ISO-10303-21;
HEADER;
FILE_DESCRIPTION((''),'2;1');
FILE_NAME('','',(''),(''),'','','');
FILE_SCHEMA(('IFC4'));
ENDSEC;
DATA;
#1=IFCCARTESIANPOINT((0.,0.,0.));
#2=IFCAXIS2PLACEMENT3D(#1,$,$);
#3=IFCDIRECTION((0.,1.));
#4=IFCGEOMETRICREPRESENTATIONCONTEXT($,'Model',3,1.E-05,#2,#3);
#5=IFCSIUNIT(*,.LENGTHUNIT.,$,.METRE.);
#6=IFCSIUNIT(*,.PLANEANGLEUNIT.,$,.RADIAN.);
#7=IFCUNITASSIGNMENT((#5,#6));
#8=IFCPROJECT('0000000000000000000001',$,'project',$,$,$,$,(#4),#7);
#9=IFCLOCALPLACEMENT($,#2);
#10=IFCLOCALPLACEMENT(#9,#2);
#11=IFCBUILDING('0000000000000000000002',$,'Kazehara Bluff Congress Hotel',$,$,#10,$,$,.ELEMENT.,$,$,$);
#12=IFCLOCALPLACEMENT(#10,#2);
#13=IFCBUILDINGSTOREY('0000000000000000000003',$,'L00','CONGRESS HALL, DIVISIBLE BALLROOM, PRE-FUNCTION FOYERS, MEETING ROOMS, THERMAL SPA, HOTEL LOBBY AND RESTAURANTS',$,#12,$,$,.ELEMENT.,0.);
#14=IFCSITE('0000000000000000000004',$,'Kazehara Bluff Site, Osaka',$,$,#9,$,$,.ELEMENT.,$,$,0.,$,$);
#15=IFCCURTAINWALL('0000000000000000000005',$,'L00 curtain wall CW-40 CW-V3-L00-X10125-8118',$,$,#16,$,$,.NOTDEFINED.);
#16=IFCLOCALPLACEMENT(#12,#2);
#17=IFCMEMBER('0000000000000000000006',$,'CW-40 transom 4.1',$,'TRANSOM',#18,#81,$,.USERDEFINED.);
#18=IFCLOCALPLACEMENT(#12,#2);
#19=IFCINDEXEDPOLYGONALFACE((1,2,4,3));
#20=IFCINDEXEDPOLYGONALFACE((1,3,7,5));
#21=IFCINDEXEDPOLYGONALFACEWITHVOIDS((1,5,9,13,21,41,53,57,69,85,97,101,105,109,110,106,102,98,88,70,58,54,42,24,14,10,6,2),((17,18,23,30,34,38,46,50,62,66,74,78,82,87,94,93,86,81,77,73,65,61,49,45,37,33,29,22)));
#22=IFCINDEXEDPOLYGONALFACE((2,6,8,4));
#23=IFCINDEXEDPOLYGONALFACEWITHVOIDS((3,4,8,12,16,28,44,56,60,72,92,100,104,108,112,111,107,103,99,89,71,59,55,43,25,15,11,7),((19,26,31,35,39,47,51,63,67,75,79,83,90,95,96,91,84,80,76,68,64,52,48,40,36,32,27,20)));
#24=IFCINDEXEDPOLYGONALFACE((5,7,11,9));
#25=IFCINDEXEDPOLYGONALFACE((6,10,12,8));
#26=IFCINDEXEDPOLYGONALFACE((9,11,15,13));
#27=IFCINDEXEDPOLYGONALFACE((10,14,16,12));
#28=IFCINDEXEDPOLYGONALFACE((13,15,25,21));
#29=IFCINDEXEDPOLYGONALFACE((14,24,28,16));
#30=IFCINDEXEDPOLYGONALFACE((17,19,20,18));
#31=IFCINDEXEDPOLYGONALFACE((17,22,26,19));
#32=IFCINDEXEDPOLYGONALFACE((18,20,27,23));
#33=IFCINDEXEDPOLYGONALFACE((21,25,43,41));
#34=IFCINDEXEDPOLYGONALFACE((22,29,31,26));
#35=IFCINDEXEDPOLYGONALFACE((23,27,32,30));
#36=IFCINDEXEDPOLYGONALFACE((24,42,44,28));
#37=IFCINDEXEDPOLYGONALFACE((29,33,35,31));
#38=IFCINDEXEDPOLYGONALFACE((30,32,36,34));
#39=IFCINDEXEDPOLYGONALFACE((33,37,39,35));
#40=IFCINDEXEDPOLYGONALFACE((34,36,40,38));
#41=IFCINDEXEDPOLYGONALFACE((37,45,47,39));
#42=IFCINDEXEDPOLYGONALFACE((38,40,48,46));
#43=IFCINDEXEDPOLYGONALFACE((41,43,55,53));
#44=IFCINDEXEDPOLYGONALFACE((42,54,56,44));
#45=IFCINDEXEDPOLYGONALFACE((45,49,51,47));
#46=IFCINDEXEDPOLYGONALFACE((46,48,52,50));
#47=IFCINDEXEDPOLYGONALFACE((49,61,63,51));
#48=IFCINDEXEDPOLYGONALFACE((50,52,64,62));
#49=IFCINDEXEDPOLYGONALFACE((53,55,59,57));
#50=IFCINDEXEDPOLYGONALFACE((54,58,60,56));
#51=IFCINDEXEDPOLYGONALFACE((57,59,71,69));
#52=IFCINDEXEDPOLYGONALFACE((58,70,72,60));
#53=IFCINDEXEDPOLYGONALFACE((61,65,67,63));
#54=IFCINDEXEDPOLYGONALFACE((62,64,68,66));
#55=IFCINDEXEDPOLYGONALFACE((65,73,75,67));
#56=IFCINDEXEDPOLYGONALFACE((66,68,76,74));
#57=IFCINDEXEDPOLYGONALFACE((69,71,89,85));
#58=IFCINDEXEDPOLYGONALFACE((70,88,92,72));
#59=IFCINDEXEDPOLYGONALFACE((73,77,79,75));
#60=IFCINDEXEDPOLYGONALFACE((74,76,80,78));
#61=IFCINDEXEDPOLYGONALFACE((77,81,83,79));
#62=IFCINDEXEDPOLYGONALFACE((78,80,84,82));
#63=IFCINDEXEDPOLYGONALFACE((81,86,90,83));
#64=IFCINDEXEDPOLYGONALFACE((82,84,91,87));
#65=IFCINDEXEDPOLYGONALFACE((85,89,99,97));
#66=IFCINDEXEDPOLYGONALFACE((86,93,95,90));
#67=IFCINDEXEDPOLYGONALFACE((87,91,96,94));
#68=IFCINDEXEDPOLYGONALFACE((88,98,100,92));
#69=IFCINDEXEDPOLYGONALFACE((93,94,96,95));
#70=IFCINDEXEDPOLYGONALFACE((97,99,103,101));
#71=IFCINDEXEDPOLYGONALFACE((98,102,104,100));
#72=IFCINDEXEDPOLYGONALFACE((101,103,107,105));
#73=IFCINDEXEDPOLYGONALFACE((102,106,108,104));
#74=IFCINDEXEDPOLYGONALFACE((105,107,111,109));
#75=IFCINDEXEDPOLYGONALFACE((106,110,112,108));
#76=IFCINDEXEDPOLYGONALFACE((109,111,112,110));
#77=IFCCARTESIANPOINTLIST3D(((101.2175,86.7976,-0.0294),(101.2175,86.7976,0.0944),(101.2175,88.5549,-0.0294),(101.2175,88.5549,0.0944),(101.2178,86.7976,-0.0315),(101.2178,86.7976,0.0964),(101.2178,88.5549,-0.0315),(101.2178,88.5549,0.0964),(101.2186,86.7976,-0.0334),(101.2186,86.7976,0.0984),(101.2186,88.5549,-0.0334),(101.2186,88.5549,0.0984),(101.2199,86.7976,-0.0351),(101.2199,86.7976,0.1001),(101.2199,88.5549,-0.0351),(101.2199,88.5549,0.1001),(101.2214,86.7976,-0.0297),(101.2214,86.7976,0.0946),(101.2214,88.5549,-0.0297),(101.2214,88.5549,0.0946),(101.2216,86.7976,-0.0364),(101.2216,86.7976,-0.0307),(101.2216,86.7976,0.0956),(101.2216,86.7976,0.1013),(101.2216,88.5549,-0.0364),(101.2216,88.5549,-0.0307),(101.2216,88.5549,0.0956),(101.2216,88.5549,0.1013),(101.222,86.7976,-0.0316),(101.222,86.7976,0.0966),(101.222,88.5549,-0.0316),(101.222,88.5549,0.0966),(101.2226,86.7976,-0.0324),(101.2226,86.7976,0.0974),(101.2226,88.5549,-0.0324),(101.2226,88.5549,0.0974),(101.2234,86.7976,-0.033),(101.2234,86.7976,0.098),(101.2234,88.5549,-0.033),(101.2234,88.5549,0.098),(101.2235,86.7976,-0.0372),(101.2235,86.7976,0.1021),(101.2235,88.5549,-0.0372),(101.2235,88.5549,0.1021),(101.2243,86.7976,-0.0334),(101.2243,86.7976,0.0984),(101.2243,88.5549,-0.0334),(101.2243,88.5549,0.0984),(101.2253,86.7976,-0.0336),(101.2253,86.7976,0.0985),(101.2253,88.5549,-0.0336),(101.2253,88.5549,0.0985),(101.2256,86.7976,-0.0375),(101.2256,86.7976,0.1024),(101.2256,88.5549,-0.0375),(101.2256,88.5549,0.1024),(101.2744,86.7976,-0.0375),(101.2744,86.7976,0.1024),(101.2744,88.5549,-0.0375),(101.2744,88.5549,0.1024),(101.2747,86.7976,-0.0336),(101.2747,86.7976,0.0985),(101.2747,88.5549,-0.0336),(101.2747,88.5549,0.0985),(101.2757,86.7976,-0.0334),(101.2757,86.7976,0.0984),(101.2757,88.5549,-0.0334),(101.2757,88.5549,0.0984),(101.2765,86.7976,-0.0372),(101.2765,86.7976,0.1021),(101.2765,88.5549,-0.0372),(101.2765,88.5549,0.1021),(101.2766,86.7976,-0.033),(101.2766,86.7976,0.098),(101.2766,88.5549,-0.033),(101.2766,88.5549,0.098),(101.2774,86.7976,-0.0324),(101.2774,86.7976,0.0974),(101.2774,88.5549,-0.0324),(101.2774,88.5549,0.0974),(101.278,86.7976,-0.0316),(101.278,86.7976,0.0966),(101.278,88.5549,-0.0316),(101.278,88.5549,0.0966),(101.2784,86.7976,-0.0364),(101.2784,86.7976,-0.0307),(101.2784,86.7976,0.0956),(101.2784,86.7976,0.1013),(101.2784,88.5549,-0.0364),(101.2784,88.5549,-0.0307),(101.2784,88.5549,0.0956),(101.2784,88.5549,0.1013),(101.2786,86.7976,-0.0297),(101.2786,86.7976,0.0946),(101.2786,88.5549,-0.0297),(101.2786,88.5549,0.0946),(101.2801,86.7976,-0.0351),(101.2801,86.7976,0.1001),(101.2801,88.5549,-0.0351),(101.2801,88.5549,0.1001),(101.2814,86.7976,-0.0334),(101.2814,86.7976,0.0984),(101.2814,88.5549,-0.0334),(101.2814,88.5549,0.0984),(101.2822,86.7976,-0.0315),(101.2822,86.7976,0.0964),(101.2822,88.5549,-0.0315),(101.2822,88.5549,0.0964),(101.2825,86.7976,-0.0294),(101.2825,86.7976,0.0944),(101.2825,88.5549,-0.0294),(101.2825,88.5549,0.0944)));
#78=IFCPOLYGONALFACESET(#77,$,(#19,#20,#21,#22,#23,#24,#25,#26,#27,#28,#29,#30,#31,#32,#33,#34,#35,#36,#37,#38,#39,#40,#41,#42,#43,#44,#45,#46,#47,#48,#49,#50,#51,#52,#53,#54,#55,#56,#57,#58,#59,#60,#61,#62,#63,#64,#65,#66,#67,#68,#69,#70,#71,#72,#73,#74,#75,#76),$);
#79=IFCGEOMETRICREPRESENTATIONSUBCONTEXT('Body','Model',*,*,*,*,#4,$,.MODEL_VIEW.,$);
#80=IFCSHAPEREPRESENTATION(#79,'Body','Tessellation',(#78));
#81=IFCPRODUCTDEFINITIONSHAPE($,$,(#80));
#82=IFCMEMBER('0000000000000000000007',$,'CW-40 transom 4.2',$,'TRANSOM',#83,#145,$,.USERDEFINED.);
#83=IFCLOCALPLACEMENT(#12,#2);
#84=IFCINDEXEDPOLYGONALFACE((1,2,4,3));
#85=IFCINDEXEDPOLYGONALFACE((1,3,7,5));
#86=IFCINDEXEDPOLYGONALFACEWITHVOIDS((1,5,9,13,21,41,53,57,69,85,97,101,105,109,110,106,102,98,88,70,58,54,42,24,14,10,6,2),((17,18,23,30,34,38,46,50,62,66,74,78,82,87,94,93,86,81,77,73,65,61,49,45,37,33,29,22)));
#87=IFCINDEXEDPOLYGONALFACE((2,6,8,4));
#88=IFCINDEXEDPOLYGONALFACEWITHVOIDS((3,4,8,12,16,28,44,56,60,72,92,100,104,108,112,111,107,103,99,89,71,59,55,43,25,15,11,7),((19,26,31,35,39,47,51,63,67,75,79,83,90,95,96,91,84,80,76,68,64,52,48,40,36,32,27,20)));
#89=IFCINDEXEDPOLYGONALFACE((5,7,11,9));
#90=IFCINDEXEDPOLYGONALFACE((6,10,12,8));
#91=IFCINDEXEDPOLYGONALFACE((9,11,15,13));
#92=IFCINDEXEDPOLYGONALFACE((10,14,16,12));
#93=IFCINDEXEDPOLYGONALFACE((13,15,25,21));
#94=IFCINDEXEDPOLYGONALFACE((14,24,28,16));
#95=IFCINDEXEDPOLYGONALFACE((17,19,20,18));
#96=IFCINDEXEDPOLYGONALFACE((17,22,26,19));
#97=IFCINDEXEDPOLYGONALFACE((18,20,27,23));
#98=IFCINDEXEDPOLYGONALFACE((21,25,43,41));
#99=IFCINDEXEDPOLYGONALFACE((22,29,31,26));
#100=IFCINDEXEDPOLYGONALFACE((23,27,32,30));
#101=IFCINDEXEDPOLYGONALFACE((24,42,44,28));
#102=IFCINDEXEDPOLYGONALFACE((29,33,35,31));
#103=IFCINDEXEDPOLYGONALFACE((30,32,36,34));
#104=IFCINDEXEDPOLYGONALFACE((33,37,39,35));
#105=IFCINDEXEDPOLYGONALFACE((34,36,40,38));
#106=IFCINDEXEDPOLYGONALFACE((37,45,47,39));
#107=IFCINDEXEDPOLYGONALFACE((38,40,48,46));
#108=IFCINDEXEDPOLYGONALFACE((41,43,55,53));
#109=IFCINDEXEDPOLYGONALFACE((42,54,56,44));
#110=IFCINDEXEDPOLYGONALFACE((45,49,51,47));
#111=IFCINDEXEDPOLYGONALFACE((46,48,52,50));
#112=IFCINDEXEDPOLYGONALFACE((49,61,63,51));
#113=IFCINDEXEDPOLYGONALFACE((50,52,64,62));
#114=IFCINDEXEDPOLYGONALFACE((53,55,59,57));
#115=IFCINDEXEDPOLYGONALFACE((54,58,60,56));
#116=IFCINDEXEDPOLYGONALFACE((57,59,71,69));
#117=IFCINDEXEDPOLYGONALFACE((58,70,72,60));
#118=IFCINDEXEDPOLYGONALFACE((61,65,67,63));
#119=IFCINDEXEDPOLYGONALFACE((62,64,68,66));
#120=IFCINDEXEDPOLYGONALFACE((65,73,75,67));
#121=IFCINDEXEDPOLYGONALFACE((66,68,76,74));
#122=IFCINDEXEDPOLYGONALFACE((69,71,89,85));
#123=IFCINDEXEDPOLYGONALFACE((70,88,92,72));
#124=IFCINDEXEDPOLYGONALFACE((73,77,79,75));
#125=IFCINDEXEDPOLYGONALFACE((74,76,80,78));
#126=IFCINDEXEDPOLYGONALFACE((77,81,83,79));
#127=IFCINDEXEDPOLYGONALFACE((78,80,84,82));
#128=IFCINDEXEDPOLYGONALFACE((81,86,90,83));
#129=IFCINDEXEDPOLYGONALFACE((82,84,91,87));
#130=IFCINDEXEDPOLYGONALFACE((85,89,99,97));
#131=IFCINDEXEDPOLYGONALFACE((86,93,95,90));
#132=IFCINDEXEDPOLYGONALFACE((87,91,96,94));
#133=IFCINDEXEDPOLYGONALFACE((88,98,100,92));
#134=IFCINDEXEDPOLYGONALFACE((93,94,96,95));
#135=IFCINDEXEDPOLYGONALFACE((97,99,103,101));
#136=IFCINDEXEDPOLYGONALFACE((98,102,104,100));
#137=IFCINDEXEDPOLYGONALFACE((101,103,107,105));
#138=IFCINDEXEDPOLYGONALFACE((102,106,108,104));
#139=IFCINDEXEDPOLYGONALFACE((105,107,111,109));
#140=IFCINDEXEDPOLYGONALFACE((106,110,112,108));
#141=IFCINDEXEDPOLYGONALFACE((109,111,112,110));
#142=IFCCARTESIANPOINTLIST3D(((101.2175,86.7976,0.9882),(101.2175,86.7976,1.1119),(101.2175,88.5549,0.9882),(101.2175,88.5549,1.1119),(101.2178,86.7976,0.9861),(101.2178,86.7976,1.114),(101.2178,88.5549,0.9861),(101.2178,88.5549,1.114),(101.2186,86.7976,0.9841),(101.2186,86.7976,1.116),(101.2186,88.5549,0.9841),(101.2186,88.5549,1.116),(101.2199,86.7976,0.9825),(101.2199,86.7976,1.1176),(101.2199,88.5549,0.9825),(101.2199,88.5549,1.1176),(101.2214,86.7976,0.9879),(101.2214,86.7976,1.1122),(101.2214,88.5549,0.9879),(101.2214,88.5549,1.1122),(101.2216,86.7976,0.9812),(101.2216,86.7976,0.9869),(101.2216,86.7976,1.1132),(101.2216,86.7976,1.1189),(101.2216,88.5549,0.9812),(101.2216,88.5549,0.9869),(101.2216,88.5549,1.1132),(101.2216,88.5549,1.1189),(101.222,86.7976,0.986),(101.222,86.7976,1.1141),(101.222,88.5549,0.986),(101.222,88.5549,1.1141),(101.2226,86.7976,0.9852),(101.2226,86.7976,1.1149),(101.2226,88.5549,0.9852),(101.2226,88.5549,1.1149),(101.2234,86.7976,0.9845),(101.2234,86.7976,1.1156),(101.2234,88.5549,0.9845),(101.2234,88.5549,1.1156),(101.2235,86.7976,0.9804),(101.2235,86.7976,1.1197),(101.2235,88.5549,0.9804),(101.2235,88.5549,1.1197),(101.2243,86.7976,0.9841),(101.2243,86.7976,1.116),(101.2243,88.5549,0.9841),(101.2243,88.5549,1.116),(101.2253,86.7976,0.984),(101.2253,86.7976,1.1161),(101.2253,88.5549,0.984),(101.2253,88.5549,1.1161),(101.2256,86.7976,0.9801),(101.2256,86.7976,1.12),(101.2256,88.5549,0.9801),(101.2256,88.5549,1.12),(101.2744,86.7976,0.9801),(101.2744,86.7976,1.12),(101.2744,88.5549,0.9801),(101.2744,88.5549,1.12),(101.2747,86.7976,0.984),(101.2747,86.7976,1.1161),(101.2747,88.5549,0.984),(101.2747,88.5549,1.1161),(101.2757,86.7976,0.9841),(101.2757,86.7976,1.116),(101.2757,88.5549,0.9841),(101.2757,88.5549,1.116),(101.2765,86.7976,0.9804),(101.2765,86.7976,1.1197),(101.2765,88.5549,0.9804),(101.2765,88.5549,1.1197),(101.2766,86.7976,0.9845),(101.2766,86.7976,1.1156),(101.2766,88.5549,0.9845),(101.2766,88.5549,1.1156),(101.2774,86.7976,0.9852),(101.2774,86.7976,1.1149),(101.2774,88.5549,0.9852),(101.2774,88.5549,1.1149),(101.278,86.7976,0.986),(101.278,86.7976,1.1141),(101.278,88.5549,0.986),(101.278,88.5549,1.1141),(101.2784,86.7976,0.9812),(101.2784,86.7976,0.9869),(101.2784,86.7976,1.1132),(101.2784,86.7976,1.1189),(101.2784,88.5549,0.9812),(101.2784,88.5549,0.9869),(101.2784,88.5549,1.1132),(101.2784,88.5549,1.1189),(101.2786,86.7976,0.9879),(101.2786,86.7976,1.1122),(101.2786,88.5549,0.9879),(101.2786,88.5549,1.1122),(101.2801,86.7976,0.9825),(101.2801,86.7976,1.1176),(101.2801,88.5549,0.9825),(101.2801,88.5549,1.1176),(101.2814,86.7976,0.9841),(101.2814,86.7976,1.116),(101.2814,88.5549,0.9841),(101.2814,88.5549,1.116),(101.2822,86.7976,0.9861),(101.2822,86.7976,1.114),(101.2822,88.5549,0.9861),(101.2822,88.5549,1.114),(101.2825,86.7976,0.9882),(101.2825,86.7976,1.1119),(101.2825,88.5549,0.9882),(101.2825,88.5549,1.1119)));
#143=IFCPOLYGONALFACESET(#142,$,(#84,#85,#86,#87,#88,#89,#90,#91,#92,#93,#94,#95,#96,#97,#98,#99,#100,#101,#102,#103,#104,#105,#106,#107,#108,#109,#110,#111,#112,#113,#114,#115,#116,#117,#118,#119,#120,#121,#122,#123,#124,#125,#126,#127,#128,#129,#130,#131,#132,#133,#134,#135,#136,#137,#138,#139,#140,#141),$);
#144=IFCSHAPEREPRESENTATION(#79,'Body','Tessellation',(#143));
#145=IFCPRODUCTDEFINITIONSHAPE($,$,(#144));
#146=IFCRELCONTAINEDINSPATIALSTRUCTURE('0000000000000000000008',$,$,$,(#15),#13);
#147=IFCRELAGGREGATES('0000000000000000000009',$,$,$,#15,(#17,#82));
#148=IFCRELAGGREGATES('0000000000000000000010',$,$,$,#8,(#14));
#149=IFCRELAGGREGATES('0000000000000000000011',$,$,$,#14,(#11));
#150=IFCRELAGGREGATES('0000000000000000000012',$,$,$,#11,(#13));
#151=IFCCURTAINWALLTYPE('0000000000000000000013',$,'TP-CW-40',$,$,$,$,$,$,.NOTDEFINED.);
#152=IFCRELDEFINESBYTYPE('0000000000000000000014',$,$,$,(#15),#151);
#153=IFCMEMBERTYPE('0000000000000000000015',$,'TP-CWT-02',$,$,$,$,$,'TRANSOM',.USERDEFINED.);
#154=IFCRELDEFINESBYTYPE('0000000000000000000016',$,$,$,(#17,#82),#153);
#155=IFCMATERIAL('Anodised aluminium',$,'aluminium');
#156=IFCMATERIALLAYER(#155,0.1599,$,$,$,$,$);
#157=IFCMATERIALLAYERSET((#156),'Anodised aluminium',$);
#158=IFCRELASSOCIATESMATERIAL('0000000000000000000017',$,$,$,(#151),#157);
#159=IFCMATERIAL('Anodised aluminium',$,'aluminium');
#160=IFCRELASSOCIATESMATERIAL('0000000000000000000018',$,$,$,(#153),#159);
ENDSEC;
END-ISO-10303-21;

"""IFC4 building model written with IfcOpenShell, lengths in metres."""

from ifc_helpers import new_model, si_unit, direction, frame, origin, origin_2d, place, context, subcontext, project, spatial, hollow_rectangle, extrude, material, layer, layer_set, material_profile, profile_set, type_object, element, aggregate, save


model = new_model("IFC4")

# Units and contexts
model_context = context("Model", 3, precision=1e-05, world=origin(), true_north=direction((0.0, 1.0)))
body_context = subcontext(model_context, "Body", "Model", "MODEL_VIEW")
ifc_project = project(units=[si_unit("LENGTHUNIT", "METRE"), si_unit("PLANEANGLEUNIT", "RADIAN")], contexts=[model_context])

# Site, building, storey
site_placement = place(None, origin())
site = spatial("IfcSite", under=ifc_project, at=site_placement, Name="Kazehara Bluff Site, Osaka", CompositionType="ELEMENT", RefElevation=0.0)
building_placement = place(site_placement, origin())
building = spatial("IfcBuilding", under=site, at=building_placement, Name="Kazehara Bluff Congress Hotel", CompositionType="ELEMENT")
storey_placement = place(building_placement, origin())
storey = spatial("IfcBuildingStorey", under=building, at=storey_placement, Name="L00", Description="CONGRESS HALL, DIVISIBLE BALLROOM, PRE-FUNCTION FOYERS, MEETING ROOMS, THERMAL SPA, HOTEL LOBBY AND RESTAURANTS", CompositionType="ELEMENT", Elevation=0.0)

# Curtain wall
ifc_material_1 = material(Name="Anodised aluminium", Category="aluminium")
ifc_layer_1 = layer(ifc_material_1, 0.1599)
ifc_layer_set_1 = layer_set([ifc_layer_1], Name="Anodised aluminium")
curtain_wall_type = type_object("IfcCurtainWallType", Name="TP-CW-40", PredefinedType="NOTDEFINED", material=ifc_layer_set_1)
curtain_wall_1_placement = place(storey_placement, origin())
curtain_wall_1 = element("IfcCurtainWall", 1, at=curtain_wall_1_placement, inside=storey, type_object=curtain_wall_type, Name="L00 curtain wall CW-40 CW-V3-L00-X10125-8118", PredefinedType="NOTDEFINED")

# Members
ifc_material_2 = material(Name="Anodised aluminium", Category="aluminium")
ifc_material_profile_1 = material_profile(ifc_material_2, hollow_rectangle(XDim=0.0649, YDim=0.1399, WallThickness=0.0039, InnerFilletRadius=0.0039, OuterFilletRadius=0.0081, at=origin_2d()))
ifc_profile_set_1 = profile_set([ifc_material_profile_1], Name="Anodised aluminium")
member_type_1 = type_object("IfcMemberType", Name="TP-CWT-02", ElementType="TRANSOM", PredefinedType="USERDEFINED", material=ifc_profile_set_1)
member_1_placement = place(storey_placement, frame((101.25, 86.7976, 0.0325), z_axis=(0.0, 1.0, 0.0), x_axis=(-1.0, 0.0, 0.0)))
member_1 = element("IfcMember", 2, at=member_1_placement, type_object=member_type_1, Name="CW-40 transom 4.1", ObjectType="TRANSOM", PredefinedType="USERDEFINED", context=body_context, shape_type="SweptSolid", body=[
    extrude(hollow_rectangle(XDim=0.0649, YDim=0.1399, WallThickness=0.0039, InnerFilletRadius=0.0039, OuterFilletRadius=0.0081, at=origin_2d()), origin(), (0.0, 0.0, 1.0), 1.7573),
])
member_2_placement = place(storey_placement, frame((101.25, 86.7976, 1.05), z_axis=(0.0, 1.0, 0.0), x_axis=(-1.0, 0.0, 0.0)))
member_2 = element("IfcMember", 3, at=member_2_placement, type_object=member_type_1, Name="CW-40 transom 4.2", ObjectType="TRANSOM", PredefinedType="USERDEFINED", context=body_context, shape_type="SweptSolid", body=[
    extrude(hollow_rectangle(XDim=0.0649, YDim=0.1399, WallThickness=0.0039, InnerFilletRadius=0.0039, OuterFilletRadius=0.0081, at=origin_2d()), origin(), (0.0, 0.0, 1.0), 1.7573),
])

aggregate(curtain_wall_1, [member_1, member_2])

save(model, "model.ifc")
